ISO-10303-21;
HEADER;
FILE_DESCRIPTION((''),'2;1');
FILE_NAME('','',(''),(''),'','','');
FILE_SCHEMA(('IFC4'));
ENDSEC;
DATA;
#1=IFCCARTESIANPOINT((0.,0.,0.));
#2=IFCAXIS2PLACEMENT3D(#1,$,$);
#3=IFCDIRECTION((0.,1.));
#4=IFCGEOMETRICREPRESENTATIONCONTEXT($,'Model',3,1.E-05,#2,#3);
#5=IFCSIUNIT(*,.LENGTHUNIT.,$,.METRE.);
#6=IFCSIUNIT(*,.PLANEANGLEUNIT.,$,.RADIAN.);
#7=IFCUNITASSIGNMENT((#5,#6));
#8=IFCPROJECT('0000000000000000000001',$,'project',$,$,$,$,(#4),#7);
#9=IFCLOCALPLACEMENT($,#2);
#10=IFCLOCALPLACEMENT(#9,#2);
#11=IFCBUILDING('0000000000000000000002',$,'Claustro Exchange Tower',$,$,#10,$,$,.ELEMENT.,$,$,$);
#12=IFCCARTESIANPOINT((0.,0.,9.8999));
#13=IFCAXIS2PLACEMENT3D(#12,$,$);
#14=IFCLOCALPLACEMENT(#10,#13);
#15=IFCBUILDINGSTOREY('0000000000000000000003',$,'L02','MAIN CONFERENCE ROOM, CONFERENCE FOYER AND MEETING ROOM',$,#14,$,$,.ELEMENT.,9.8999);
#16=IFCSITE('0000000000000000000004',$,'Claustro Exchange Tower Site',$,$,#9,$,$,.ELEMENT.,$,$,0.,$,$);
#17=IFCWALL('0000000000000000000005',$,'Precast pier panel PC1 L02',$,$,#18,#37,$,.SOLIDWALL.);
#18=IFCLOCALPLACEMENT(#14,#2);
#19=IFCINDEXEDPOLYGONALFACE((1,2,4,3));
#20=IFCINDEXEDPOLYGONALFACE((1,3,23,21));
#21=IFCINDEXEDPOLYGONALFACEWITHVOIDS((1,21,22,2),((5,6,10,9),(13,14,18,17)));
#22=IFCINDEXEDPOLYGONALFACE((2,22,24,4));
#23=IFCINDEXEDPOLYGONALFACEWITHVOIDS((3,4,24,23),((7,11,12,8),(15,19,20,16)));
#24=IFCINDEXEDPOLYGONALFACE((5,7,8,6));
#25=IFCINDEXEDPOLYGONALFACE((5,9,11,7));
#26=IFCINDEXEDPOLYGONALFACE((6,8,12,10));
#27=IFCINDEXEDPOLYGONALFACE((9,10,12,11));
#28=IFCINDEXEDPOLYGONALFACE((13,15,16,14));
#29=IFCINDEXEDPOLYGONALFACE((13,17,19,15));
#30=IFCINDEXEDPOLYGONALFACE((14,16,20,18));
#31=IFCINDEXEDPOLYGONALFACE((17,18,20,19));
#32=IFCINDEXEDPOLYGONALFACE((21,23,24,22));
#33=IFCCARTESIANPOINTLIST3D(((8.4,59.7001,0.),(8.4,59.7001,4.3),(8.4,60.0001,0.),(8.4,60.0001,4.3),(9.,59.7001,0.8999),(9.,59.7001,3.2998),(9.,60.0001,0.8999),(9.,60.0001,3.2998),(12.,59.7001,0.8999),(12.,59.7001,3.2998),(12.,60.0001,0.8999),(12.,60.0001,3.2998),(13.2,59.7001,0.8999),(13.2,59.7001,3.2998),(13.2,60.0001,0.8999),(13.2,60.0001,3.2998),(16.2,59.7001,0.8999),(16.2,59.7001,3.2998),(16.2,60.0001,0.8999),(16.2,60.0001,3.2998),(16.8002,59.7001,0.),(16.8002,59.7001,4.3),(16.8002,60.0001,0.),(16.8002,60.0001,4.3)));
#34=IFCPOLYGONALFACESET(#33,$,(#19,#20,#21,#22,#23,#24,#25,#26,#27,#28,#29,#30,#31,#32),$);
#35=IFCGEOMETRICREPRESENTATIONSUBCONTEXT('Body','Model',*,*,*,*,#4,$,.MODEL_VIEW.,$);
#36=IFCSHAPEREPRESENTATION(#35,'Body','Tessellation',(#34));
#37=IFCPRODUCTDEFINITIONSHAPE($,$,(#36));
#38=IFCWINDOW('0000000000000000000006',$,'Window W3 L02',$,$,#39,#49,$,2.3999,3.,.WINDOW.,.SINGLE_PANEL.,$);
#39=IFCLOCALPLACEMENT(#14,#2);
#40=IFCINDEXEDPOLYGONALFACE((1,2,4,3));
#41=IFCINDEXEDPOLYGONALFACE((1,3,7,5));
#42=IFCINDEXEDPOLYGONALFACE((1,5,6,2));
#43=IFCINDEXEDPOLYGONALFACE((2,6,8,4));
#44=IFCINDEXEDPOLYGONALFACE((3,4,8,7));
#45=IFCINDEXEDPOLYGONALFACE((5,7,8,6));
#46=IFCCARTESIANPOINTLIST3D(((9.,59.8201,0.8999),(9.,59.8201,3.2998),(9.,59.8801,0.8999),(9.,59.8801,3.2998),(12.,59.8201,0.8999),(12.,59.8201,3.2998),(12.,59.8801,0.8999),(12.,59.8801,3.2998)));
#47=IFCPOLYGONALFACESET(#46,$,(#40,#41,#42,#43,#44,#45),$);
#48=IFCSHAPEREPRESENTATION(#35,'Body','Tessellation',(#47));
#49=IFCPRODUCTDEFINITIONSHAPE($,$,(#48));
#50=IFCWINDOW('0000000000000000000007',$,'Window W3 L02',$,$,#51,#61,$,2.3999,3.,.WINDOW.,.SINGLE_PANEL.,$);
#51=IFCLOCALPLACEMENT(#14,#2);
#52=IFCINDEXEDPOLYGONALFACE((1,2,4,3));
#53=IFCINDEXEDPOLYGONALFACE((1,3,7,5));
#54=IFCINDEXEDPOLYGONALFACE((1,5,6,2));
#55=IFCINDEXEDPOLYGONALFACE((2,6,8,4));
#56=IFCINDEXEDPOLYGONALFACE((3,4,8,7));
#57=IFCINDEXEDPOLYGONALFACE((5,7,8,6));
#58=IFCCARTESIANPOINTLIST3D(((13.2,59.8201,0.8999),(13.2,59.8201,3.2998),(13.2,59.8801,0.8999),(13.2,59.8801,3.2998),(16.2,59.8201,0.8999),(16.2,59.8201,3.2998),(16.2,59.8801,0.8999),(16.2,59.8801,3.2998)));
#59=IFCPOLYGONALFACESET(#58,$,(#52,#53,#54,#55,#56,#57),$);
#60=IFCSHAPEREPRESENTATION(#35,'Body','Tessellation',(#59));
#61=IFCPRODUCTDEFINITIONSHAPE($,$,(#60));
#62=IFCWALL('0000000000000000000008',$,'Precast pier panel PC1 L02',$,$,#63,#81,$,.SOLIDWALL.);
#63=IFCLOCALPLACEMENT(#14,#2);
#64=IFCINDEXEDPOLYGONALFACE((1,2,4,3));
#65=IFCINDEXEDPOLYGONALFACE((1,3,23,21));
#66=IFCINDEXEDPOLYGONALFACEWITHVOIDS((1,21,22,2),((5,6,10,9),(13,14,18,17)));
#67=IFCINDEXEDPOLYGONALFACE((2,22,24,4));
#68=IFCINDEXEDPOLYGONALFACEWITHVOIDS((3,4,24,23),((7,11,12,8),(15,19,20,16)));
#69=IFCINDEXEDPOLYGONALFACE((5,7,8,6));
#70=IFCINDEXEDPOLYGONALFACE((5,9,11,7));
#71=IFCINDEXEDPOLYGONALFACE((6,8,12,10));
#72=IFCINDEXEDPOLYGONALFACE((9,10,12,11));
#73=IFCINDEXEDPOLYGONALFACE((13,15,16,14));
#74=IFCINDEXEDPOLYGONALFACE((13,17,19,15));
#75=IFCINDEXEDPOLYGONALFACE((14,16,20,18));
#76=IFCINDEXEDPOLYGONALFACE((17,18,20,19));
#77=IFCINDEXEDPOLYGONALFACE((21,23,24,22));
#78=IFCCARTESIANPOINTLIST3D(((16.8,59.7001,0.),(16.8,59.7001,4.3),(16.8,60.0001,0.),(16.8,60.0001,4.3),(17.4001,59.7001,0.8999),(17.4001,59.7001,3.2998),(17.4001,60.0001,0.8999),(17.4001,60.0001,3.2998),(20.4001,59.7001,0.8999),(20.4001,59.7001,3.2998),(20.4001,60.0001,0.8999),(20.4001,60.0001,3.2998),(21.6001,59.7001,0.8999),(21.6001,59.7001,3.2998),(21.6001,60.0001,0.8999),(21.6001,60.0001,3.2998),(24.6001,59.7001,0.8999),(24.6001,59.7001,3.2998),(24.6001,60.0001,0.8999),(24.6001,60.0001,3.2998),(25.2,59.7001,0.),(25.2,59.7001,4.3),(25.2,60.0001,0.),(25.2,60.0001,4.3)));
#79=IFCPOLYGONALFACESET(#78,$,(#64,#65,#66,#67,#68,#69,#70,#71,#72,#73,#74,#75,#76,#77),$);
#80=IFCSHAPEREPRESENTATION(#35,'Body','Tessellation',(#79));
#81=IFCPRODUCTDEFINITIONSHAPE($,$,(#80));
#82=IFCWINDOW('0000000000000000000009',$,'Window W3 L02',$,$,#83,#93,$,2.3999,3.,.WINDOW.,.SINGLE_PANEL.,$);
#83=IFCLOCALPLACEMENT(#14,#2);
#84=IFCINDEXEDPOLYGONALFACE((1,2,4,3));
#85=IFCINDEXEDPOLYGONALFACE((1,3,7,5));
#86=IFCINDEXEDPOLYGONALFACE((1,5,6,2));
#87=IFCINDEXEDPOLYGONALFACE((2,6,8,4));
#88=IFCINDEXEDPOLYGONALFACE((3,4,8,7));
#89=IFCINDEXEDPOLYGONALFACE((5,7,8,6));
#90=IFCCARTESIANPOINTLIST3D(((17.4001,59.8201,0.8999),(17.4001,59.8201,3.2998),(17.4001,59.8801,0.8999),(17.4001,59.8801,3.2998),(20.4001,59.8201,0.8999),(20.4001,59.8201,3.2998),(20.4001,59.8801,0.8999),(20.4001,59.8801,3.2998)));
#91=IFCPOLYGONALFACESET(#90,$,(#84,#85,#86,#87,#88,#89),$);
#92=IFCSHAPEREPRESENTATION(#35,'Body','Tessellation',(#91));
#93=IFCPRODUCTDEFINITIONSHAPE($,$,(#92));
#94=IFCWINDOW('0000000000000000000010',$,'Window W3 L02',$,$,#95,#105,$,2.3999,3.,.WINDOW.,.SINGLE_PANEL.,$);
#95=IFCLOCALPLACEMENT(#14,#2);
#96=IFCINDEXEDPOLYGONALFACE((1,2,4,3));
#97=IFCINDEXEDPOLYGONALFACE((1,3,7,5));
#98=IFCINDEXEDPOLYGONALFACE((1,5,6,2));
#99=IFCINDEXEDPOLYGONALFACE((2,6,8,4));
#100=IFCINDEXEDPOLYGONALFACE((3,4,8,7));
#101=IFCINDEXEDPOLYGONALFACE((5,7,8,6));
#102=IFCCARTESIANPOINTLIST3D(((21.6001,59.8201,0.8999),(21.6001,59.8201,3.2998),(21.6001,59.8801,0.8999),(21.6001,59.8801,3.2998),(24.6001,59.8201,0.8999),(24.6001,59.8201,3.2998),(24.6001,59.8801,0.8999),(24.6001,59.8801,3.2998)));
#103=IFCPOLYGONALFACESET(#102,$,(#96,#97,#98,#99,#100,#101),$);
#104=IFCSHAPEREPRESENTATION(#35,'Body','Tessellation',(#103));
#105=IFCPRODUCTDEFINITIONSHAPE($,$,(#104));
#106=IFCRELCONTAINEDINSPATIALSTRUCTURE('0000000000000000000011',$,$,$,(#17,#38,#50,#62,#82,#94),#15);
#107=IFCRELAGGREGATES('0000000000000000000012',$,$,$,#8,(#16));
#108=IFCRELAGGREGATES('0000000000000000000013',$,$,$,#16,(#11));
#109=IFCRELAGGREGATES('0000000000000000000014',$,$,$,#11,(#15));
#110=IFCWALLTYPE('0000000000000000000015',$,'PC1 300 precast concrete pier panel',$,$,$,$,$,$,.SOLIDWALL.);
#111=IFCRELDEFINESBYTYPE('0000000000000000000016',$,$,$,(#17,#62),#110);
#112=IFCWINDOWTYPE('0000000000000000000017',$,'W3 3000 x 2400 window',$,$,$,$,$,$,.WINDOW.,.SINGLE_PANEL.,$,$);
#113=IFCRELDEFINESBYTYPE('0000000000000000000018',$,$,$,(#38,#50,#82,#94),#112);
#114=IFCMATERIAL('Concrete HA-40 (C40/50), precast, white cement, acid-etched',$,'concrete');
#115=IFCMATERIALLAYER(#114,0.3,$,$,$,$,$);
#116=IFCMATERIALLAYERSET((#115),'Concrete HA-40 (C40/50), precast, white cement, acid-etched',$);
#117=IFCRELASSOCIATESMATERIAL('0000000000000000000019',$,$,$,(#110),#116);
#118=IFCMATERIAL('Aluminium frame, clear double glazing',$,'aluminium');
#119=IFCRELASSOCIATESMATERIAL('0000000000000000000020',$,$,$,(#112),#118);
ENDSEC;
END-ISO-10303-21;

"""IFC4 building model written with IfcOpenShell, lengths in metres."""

from ifc_helpers import new_model, si_unit, direction, frame, frame_2d, origin, place, context, subcontext, project, spatial, rectangle, extrude, material, layer, layer_set, type_object, element, fill, save


model = new_model("IFC4")

# Units and contexts
model_context = context("Model", 3, precision=1e-05, world=origin(), true_north=direction((0.0, 1.0)))
body_context = subcontext(model_context, "Body", "Model", "MODEL_VIEW")
ifc_project = project(units=[si_unit("LENGTHUNIT", "METRE"), si_unit("PLANEANGLEUNIT", "RADIAN")], contexts=[model_context])

# Site, building, storey
site_placement = place(None, origin())
site = spatial("IfcSite", under=ifc_project, at=site_placement, Name="Claustro Exchange Tower Site", CompositionType="ELEMENT", RefElevation=0.0)
building_placement = place(site_placement, origin())
building = spatial("IfcBuilding", under=site, at=building_placement, Name="Claustro Exchange Tower", CompositionType="ELEMENT")
storey_placement = place(building_placement, frame((0.0, 0.0, 9.8999)))
storey = spatial("IfcBuildingStorey", under=building, at=storey_placement, Name="L02", Description="MAIN CONFERENCE ROOM, CONFERENCE FOYER AND MEETING ROOM", CompositionType="ELEMENT", Elevation=9.8999)

# Walls, openings, windows
ifc_material_1 = material(Name="Concrete HA-40 (C40/50), precast, white cement, acid-etched", Category="concrete")
ifc_layer_1 = layer(ifc_material_1, 0.3)
ifc_layer_set_1 = layer_set([ifc_layer_1], Name="Concrete HA-40 (C40/50), precast, white cement, acid-etched")
wall_type_1 = type_object("IfcWallType", Name="PC1 300 precast concrete pier panel", PredefinedType="SOLIDWALL", material=ifc_layer_set_1)
wall_1_placement = place(storey_placement, frame((8.3999, 59.8501, 0.0), z_axis=(0.0, 0.0, 1.0), x_axis=(1.0, 0.0, 0.0)))
wall_1 = element("IfcWall", 1, at=wall_1_placement, inside=storey, type_object=wall_type_1, Name="Precast pier panel PC1 L02", PredefinedType="SOLIDWALL", context=body_context, shape_type="SweptSolid", body=[
    extrude(rectangle(XDim=8.4001, YDim=0.3, at=frame_2d((4.2002, 0.0))), origin(), (0.0, 0.0, 1.0), 4.3),
])
opening_1_placement = place(wall_1_placement, frame((0.6001, 0.0, 0.8999)))
opening_1 = element("IfcOpeningElement", 2, at=opening_1_placement, cuts=wall_1, PredefinedType="OPENING", context=body_context, shape_type="SweptSolid", body=[
    extrude(rectangle(XDim=3.0, YDim=2.3999, at=frame_2d((1.5, 1.2))), frame((0.0, 0.1599, 0.0), z_axis=(0.0, -1.0, 0.0), x_axis=(1.0, 0.0, 0.0)), (0.0, 0.0, 1.0), 0.3201),
])
opening_2_placement = place(wall_1_placement, frame((4.8, 0.0, 0.8999)))
opening_2 = element("IfcOpeningElement", 3, at=opening_2_placement, cuts=wall_1, PredefinedType="OPENING", context=body_context, shape_type="SweptSolid", body=[
    extrude(rectangle(XDim=3.0, YDim=2.3999, at=frame_2d((1.5, 1.2))), frame((0.0, 0.1599, 0.0), z_axis=(0.0, -1.0, 0.0), x_axis=(1.0, 0.0, 0.0)), (0.0, 0.0, 1.0), 0.3201),
])
ifc_material_2 = material(Name="Aluminium frame, clear double glazing", Category="aluminium")
window_type = type_object("IfcWindowType", Name="W3 3000 x 2400 window", PartitioningType="SINGLE_PANEL", PredefinedType="WINDOW", material=ifc_material_2)
window_1_placement = place(opening_1_placement, origin())
window_1 = element("IfcWindow", 4, at=window_1_placement, inside=storey, type_object=window_type, Name="Window W3 L02", OverallHeight=2.3999, OverallWidth=3.0, PartitioningType="SINGLE_PANEL", PredefinedType="WINDOW", context=body_context, shape_type="SweptSolid", body=[
    extrude(rectangle(XDim=3.0, YDim=2.3999, at=frame_2d((1.5, 1.2))), frame((0.0, 0.03, 0.0), z_axis=(0.0, -1.0, 0.0), x_axis=(1.0, 0.0, 0.0)), (0.0, 0.0, 1.0), 0.0601),
])
fill(opening_1, window_1)
window_2_placement = place(opening_2_placement, origin())
window_2 = element("IfcWindow", 5, at=window_2_placement, inside=storey, type_object=window_type, Name="Window W3 L02", OverallHeight=2.3999, OverallWidth=3.0, PartitioningType="SINGLE_PANEL", PredefinedType="WINDOW", context=body_context, shape_type="SweptSolid", body=[
    extrude(rectangle(XDim=3.0, YDim=2.3999, at=frame_2d((1.5, 1.2))), frame((0.0, 0.03, 0.0), z_axis=(0.0, -1.0, 0.0), x_axis=(1.0, 0.0, 0.0)), (0.0, 0.0, 1.0), 0.0601),
])
fill(opening_2, window_2)
wall_2_placement = place(storey_placement, frame((16.8, 59.8501, 0.0), z_axis=(0.0, 0.0, 1.0), x_axis=(1.0, 0.0, 0.0)))
wall_2 = element("IfcWall", 6, at=wall_2_placement, inside=storey, type_object=wall_type_1, Name="Precast pier panel PC1 L02", PredefinedType="SOLIDWALL", context=body_context, shape_type="SweptSolid", body=[
    extrude(rectangle(XDim=8.3999, YDim=0.3, at=frame_2d((4.2, 0.0))), origin(), (0.0, 0.0, 1.0), 4.3),
])
opening_3_placement = place(wall_2_placement, frame((0.6001, 0.0, 0.8999)))
opening_3 = element("IfcOpeningElement", 7, at=opening_3_placement, cuts=wall_2, PredefinedType="OPENING", context=body_context, shape_type="SweptSolid", body=[
    extrude(rectangle(XDim=3.0, YDim=2.3999, at=frame_2d((1.5, 1.2))), frame((0.0, 0.1599, 0.0), z_axis=(0.0, -1.0, 0.0), x_axis=(1.0, 0.0, 0.0)), (0.0, 0.0, 1.0), 0.3201),
])
opening_4_placement = place(wall_2_placement, frame((4.8, 0.0, 0.8999)))
opening_4 = element("IfcOpeningElement", 8, at=opening_4_placement, cuts=wall_2, PredefinedType="OPENING", context=body_context, shape_type="SweptSolid", body=[
    extrude(rectangle(XDim=3.0, YDim=2.3999, at=frame_2d((1.5, 1.2))), frame((0.0, 0.1599, 0.0), z_axis=(0.0, -1.0, 0.0), x_axis=(1.0, 0.0, 0.0)), (0.0, 0.0, 1.0), 0.3201),
])
window_3_placement = place(opening_3_placement, origin())
window_3 = element("IfcWindow", 9, at=window_3_placement, inside=storey, type_object=window_type, Name="Window W3 L02", OverallHeight=2.3999, OverallWidth=3.0, PartitioningType="SINGLE_PANEL", PredefinedType="WINDOW", context=body_context, shape_type="SweptSolid", body=[
    extrude(rectangle(XDim=3.0, YDim=2.3999, at=frame_2d((1.5, 1.2))), frame((0.0, 0.03, 0.0), z_axis=(0.0, -1.0, 0.0), x_axis=(1.0, 0.0, 0.0)), (0.0, 0.0, 1.0), 0.0601),
])
fill(opening_3, window_3)
window_4_placement = place(opening_4_placement, origin())
window_4 = element("IfcWindow", 10, at=window_4_placement, inside=storey, type_object=window_type, Name="Window W3 L02", OverallHeight=2.3999, OverallWidth=3.0, PartitioningType="SINGLE_PANEL", PredefinedType="WINDOW", context=body_context, shape_type="SweptSolid", body=[
    extrude(rectangle(XDim=3.0, YDim=2.3999, at=frame_2d((1.5, 1.2))), frame((0.0, 0.03, 0.0), z_axis=(0.0, -1.0, 0.0), x_axis=(1.0, 0.0, 0.0)), (0.0, 0.0, 1.0), 0.0601),
])
fill(opening_4, window_4)

save(model, "model.ifc")
